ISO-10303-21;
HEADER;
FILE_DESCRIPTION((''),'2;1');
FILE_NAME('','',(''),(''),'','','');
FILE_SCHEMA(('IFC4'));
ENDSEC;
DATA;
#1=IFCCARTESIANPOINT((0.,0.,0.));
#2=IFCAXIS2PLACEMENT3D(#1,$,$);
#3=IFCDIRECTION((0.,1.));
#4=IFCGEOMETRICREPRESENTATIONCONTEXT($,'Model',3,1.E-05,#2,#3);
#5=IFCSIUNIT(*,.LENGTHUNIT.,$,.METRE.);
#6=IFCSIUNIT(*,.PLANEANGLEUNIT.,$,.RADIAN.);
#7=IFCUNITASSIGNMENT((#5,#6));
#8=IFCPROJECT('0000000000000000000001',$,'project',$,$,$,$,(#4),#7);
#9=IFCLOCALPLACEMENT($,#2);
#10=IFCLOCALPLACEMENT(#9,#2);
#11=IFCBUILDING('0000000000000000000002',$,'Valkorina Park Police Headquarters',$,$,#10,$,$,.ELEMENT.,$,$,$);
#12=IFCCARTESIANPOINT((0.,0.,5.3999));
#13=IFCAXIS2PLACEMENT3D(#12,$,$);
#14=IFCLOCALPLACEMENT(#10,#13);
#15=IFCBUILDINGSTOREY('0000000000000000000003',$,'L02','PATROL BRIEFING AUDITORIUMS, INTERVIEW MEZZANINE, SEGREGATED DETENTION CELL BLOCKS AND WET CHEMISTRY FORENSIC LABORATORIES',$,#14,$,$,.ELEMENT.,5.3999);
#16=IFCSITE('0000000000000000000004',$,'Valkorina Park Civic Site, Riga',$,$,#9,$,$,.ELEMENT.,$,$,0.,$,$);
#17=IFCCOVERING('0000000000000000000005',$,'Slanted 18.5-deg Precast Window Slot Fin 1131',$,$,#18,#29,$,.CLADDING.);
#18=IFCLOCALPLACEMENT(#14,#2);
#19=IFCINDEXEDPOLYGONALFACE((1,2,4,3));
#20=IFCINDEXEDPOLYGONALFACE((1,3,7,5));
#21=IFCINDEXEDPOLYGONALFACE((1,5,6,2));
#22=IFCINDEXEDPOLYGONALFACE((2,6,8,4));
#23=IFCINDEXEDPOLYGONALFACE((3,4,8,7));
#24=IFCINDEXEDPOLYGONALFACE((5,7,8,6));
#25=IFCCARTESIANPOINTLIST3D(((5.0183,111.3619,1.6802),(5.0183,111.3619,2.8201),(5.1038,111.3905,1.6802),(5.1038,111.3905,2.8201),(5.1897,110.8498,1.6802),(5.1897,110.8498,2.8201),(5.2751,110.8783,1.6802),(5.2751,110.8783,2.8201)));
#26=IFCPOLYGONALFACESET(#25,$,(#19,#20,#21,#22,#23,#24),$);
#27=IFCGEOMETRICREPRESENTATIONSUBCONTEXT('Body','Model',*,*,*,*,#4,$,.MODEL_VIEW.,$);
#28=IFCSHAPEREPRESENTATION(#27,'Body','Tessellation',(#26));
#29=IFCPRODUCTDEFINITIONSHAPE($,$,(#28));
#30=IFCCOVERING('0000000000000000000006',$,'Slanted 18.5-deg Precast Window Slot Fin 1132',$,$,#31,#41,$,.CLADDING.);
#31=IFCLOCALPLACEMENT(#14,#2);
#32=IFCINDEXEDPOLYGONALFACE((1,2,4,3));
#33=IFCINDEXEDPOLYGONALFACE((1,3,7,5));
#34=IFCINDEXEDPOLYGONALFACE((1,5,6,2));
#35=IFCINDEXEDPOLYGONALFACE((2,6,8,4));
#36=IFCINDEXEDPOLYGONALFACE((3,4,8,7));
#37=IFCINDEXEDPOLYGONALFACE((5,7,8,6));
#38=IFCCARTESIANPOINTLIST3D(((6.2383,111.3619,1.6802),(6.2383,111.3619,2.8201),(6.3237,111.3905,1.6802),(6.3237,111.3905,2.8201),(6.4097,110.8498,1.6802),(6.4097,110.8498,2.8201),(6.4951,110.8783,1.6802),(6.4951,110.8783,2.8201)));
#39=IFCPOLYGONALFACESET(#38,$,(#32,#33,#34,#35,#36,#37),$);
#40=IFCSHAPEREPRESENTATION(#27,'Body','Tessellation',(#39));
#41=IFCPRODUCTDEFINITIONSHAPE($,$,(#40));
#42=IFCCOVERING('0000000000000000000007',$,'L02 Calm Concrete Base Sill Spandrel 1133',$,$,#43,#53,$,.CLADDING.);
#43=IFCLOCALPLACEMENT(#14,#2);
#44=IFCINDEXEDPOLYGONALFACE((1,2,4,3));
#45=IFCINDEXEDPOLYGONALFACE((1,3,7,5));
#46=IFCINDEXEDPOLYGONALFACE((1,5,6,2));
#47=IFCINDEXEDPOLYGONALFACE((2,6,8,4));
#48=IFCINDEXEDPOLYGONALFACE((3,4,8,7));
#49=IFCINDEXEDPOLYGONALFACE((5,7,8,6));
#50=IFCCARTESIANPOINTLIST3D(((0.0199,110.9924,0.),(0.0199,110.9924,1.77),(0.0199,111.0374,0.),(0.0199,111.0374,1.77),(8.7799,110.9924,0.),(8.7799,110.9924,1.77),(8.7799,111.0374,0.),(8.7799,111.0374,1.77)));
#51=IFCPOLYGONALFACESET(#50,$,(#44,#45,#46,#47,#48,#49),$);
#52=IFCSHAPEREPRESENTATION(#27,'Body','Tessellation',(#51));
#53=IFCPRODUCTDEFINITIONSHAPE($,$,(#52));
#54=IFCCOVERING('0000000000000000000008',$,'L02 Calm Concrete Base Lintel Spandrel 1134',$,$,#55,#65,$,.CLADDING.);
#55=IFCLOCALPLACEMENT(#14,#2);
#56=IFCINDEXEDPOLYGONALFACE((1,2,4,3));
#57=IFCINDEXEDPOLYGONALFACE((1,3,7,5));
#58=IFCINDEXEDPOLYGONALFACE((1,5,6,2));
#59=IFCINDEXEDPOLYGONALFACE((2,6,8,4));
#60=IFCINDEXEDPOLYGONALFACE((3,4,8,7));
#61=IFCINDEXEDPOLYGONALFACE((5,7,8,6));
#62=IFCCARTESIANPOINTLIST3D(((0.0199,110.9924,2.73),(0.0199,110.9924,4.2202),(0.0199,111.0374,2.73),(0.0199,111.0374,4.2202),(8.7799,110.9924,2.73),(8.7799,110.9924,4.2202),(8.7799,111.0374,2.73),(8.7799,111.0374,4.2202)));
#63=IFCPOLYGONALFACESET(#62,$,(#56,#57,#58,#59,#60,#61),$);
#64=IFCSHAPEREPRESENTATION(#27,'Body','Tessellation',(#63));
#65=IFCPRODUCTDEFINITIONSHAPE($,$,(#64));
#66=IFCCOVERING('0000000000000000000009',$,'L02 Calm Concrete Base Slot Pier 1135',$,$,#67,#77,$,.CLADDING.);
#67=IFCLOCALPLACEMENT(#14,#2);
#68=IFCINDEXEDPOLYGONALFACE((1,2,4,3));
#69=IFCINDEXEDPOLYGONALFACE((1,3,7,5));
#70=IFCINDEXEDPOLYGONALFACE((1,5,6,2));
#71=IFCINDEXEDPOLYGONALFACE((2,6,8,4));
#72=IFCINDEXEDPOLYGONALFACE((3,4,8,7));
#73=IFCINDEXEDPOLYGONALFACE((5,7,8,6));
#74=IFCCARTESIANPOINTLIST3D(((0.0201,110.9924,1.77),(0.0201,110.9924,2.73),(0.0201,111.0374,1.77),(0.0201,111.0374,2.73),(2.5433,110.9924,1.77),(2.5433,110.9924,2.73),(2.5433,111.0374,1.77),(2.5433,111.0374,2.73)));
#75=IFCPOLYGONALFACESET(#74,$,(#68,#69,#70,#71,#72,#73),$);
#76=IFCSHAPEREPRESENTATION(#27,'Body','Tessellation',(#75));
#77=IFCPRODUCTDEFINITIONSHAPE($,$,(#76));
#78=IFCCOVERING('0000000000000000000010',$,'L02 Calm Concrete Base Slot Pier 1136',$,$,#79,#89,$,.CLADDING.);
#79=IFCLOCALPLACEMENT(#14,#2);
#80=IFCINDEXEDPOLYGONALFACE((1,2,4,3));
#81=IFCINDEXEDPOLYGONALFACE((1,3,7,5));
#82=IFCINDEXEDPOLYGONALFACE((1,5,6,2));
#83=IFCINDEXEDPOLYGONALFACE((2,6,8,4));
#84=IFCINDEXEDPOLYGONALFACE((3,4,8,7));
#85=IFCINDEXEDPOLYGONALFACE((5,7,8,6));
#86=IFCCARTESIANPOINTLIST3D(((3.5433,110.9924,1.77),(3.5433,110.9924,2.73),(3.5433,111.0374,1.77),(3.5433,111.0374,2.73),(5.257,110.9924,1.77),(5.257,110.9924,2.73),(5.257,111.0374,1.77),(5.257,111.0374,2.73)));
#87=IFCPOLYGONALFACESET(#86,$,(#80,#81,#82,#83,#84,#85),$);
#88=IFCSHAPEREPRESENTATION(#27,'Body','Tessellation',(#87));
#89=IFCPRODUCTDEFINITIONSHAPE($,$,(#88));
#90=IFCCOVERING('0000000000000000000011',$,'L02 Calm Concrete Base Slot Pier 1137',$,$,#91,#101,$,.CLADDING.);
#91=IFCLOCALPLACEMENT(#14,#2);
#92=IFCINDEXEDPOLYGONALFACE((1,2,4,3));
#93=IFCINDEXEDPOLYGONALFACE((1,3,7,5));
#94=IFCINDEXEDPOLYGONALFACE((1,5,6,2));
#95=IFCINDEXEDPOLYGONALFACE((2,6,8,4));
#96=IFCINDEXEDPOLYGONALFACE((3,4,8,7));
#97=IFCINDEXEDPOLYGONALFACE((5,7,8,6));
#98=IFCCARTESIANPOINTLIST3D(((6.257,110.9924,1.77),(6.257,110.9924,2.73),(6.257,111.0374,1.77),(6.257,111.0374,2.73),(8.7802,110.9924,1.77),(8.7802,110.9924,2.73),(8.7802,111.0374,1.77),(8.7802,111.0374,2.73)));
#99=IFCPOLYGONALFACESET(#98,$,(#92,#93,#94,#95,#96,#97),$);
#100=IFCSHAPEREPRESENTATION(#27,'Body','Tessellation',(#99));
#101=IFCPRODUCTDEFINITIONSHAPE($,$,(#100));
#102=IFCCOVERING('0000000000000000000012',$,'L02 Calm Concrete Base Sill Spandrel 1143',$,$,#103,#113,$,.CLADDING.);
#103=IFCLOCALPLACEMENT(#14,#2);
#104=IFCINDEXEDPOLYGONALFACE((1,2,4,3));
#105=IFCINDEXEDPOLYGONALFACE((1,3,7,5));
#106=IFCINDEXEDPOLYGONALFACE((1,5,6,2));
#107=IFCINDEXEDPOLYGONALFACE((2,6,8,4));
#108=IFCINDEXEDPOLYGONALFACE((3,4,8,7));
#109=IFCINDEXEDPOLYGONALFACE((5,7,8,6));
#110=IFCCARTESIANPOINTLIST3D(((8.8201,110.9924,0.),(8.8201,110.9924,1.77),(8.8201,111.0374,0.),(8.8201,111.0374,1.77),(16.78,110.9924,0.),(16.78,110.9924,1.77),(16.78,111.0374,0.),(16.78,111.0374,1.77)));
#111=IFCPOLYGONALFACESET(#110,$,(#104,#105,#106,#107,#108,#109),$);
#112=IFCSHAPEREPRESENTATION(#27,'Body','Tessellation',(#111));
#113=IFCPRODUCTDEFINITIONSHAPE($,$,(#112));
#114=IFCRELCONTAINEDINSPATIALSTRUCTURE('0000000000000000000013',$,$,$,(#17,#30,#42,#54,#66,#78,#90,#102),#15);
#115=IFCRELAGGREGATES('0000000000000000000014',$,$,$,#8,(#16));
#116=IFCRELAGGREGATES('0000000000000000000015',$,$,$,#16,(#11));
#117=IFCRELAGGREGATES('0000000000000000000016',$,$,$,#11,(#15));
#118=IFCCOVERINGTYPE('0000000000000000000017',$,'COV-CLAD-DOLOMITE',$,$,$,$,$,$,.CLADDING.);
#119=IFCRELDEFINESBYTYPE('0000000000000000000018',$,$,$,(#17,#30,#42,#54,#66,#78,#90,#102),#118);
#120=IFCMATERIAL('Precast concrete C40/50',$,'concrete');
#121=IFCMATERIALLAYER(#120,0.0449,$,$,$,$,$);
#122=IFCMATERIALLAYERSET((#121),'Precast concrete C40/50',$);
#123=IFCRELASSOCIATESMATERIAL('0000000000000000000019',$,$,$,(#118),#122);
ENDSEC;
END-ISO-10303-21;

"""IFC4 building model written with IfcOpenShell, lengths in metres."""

from ifc_helpers import new_model, si_unit, direction, frame, frame_2d, origin, origin_2d, place, context, subcontext, project, spatial, rectangle, extrude, material, layer, layer_set, type_object, element, save


model = new_model("IFC4")

# Units and contexts
model_context = context("Model", 3, precision=1e-05, world=origin(), true_north=direction((0.0, 1.0)))
body_context = subcontext(model_context, "Body", "Model", "MODEL_VIEW")
ifc_project = project(units=[si_unit("LENGTHUNIT", "METRE"), si_unit("PLANEANGLEUNIT", "RADIAN")], contexts=[model_context])

# Site, building, storey
site_placement = place(None, origin())
site = spatial("IfcSite", under=ifc_project, at=site_placement, Name="Valkorina Park Civic Site, Riga", CompositionType="ELEMENT", RefElevation=0.0)
building_placement = place(site_placement, origin())
building = spatial("IfcBuilding", under=site, at=building_placement, Name="Valkorina Park Police Headquarters", CompositionType="ELEMENT")
storey_placement = place(building_placement, frame((0.0, 0.0, 5.3999)))
storey = spatial("IfcBuildingStorey", under=building, at=storey_placement, Name="L02", Description="PATROL BRIEFING AUDITORIUMS, INTERVIEW MEZZANINE, SEGREGATED DETENTION CELL BLOCKS AND WET CHEMISTRY FORENSIC LABORATORIES", CompositionType="ELEMENT", Elevation=5.3999)

# Shared definitions
ifc_material_1 = material(Name="Precast concrete C40/50", Category="concrete")

# Coverings
ifc_layer_1 = layer(ifc_material_1, 0.0449)
ifc_layer_set_1 = layer_set([ifc_layer_1], Name="Precast concrete C40/50")
covering_type = type_object("IfcCoveringType", Name="COV-CLAD-DOLOMITE", PredefinedType="CLADDING", material=ifc_layer_set_1)
for number, where, z_axis, x_axis, name in (
    (1, (5.1467, 111.1201, 1.6802), (0.0, 0.0, 1.0), (-0.317305, 0.948324, 0.0), "Slanted 18.5-deg Precast Window Slot Fin 1131"),
    (2, (6.3667, 111.1201, 1.6802), (0.0, 0.0, 1.0), (-0.317305, 0.948324, 0.0), "Slanted 18.5-deg Precast Window Slot Fin 1132"),
):
    element("IfcCovering", number, at=place(storey_placement, frame(where, z_axis=z_axis, x_axis=x_axis)), inside=storey, type_object=covering_type, Name=name, PredefinedType="CLADDING", context=body_context, shape_type="SweptSolid", body=[
        extrude(rectangle(XDim=0.54, YDim=0.0901, at=origin_2d()), origin(), (0.0, 0.0, 1.0), 1.1399),
    ])
covering_1_placement = place(storey_placement, frame((0.02, 111.0149, 0.0), z_axis=(0.0, 0.0, 1.0), x_axis=(1.0, 0.0, 0.0)))
element("IfcCovering", 3, at=covering_1_placement, inside=storey, type_object=covering_type, Name="L02 Calm Concrete Base Sill Spandrel 1133", PredefinedType="CLADDING", context=body_context, shape_type="SweptSolid", body=[
    extrude(rectangle(XDim=8.76, YDim=0.0449, at=frame_2d((4.3799, 0.0))), origin(), (0.0, 0.0, 1.0), 1.77),
])
covering_2_placement = place(storey_placement, frame((0.02, 111.0149, 2.73), z_axis=(0.0, 0.0, 1.0), x_axis=(1.0, 0.0, 0.0)))
element("IfcCovering", 4, at=covering_2_placement, inside=storey, type_object=covering_type, Name="L02 Calm Concrete Base Lintel Spandrel 1134", PredefinedType="CLADDING", context=body_context, shape_type="SweptSolid", body=[
    extrude(rectangle(XDim=8.76, YDim=0.0449, at=frame_2d((4.3799, 0.0))), origin(), (0.0, 0.0, 1.0), 1.4902),
])
covering_3_placement = place(storey_placement, frame((0.02, 111.0149, 1.77), z_axis=(0.0, 0.0, 1.0), x_axis=(1.0, 0.0, 0.0)))
element("IfcCovering", 5, at=covering_3_placement, inside=storey, type_object=covering_type, Name="L02 Calm Concrete Base Slot Pier 1135", PredefinedType="CLADDING", context=body_context, shape_type="SweptSolid", body=[
    extrude(rectangle(XDim=2.5232, YDim=0.0449, at=frame_2d((1.2617, 0.0))), origin(), (0.0, 0.0, 1.0), 0.96),
])
covering_4_placement = place(storey_placement, frame((3.5432, 111.0149, 1.77), z_axis=(0.0, 0.0, 1.0), x_axis=(1.0, 0.0, 0.0)))
element("IfcCovering", 6, at=covering_4_placement, inside=storey, type_object=covering_type, Name="L02 Calm Concrete Base Slot Pier 1136", PredefinedType="CLADDING", context=body_context, shape_type="SweptSolid", body=[
    extrude(rectangle(XDim=1.7136, YDim=0.0449, at=frame_2d((0.8569, 0.0))), origin(), (0.0, 0.0, 1.0), 0.96),
])
covering_5_placement = place(storey_placement, frame((6.2568, 111.0149, 1.77), z_axis=(0.0, 0.0, 1.0), x_axis=(1.0, 0.0, 0.0)))
element("IfcCovering", 7, at=covering_5_placement, inside=storey, type_object=covering_type, Name="L02 Calm Concrete Base Slot Pier 1137", PredefinedType="CLADDING", context=body_context, shape_type="SweptSolid", body=[
    extrude(rectangle(XDim=2.5232, YDim=0.0449, at=frame_2d((1.2617, 0.0))), origin(), (0.0, 0.0, 1.0), 0.96),
])
covering_6_placement = place(storey_placement, frame((8.8201, 111.0149, 0.0), z_axis=(0.0, 0.0, 1.0), x_axis=(1.0, 0.0, 0.0)))
element("IfcCovering", 8, at=covering_6_placement, inside=storey, type_object=covering_type, Name="L02 Calm Concrete Base Sill Spandrel 1143", PredefinedType="CLADDING", context=body_context, shape_type="SweptSolid", body=[
    extrude(rectangle(XDim=7.96, YDim=0.0449, at=frame_2d((3.98, 0.0))), origin(), (0.0, 0.0, 1.0), 1.77),
])

save(model, "model.ifc")
